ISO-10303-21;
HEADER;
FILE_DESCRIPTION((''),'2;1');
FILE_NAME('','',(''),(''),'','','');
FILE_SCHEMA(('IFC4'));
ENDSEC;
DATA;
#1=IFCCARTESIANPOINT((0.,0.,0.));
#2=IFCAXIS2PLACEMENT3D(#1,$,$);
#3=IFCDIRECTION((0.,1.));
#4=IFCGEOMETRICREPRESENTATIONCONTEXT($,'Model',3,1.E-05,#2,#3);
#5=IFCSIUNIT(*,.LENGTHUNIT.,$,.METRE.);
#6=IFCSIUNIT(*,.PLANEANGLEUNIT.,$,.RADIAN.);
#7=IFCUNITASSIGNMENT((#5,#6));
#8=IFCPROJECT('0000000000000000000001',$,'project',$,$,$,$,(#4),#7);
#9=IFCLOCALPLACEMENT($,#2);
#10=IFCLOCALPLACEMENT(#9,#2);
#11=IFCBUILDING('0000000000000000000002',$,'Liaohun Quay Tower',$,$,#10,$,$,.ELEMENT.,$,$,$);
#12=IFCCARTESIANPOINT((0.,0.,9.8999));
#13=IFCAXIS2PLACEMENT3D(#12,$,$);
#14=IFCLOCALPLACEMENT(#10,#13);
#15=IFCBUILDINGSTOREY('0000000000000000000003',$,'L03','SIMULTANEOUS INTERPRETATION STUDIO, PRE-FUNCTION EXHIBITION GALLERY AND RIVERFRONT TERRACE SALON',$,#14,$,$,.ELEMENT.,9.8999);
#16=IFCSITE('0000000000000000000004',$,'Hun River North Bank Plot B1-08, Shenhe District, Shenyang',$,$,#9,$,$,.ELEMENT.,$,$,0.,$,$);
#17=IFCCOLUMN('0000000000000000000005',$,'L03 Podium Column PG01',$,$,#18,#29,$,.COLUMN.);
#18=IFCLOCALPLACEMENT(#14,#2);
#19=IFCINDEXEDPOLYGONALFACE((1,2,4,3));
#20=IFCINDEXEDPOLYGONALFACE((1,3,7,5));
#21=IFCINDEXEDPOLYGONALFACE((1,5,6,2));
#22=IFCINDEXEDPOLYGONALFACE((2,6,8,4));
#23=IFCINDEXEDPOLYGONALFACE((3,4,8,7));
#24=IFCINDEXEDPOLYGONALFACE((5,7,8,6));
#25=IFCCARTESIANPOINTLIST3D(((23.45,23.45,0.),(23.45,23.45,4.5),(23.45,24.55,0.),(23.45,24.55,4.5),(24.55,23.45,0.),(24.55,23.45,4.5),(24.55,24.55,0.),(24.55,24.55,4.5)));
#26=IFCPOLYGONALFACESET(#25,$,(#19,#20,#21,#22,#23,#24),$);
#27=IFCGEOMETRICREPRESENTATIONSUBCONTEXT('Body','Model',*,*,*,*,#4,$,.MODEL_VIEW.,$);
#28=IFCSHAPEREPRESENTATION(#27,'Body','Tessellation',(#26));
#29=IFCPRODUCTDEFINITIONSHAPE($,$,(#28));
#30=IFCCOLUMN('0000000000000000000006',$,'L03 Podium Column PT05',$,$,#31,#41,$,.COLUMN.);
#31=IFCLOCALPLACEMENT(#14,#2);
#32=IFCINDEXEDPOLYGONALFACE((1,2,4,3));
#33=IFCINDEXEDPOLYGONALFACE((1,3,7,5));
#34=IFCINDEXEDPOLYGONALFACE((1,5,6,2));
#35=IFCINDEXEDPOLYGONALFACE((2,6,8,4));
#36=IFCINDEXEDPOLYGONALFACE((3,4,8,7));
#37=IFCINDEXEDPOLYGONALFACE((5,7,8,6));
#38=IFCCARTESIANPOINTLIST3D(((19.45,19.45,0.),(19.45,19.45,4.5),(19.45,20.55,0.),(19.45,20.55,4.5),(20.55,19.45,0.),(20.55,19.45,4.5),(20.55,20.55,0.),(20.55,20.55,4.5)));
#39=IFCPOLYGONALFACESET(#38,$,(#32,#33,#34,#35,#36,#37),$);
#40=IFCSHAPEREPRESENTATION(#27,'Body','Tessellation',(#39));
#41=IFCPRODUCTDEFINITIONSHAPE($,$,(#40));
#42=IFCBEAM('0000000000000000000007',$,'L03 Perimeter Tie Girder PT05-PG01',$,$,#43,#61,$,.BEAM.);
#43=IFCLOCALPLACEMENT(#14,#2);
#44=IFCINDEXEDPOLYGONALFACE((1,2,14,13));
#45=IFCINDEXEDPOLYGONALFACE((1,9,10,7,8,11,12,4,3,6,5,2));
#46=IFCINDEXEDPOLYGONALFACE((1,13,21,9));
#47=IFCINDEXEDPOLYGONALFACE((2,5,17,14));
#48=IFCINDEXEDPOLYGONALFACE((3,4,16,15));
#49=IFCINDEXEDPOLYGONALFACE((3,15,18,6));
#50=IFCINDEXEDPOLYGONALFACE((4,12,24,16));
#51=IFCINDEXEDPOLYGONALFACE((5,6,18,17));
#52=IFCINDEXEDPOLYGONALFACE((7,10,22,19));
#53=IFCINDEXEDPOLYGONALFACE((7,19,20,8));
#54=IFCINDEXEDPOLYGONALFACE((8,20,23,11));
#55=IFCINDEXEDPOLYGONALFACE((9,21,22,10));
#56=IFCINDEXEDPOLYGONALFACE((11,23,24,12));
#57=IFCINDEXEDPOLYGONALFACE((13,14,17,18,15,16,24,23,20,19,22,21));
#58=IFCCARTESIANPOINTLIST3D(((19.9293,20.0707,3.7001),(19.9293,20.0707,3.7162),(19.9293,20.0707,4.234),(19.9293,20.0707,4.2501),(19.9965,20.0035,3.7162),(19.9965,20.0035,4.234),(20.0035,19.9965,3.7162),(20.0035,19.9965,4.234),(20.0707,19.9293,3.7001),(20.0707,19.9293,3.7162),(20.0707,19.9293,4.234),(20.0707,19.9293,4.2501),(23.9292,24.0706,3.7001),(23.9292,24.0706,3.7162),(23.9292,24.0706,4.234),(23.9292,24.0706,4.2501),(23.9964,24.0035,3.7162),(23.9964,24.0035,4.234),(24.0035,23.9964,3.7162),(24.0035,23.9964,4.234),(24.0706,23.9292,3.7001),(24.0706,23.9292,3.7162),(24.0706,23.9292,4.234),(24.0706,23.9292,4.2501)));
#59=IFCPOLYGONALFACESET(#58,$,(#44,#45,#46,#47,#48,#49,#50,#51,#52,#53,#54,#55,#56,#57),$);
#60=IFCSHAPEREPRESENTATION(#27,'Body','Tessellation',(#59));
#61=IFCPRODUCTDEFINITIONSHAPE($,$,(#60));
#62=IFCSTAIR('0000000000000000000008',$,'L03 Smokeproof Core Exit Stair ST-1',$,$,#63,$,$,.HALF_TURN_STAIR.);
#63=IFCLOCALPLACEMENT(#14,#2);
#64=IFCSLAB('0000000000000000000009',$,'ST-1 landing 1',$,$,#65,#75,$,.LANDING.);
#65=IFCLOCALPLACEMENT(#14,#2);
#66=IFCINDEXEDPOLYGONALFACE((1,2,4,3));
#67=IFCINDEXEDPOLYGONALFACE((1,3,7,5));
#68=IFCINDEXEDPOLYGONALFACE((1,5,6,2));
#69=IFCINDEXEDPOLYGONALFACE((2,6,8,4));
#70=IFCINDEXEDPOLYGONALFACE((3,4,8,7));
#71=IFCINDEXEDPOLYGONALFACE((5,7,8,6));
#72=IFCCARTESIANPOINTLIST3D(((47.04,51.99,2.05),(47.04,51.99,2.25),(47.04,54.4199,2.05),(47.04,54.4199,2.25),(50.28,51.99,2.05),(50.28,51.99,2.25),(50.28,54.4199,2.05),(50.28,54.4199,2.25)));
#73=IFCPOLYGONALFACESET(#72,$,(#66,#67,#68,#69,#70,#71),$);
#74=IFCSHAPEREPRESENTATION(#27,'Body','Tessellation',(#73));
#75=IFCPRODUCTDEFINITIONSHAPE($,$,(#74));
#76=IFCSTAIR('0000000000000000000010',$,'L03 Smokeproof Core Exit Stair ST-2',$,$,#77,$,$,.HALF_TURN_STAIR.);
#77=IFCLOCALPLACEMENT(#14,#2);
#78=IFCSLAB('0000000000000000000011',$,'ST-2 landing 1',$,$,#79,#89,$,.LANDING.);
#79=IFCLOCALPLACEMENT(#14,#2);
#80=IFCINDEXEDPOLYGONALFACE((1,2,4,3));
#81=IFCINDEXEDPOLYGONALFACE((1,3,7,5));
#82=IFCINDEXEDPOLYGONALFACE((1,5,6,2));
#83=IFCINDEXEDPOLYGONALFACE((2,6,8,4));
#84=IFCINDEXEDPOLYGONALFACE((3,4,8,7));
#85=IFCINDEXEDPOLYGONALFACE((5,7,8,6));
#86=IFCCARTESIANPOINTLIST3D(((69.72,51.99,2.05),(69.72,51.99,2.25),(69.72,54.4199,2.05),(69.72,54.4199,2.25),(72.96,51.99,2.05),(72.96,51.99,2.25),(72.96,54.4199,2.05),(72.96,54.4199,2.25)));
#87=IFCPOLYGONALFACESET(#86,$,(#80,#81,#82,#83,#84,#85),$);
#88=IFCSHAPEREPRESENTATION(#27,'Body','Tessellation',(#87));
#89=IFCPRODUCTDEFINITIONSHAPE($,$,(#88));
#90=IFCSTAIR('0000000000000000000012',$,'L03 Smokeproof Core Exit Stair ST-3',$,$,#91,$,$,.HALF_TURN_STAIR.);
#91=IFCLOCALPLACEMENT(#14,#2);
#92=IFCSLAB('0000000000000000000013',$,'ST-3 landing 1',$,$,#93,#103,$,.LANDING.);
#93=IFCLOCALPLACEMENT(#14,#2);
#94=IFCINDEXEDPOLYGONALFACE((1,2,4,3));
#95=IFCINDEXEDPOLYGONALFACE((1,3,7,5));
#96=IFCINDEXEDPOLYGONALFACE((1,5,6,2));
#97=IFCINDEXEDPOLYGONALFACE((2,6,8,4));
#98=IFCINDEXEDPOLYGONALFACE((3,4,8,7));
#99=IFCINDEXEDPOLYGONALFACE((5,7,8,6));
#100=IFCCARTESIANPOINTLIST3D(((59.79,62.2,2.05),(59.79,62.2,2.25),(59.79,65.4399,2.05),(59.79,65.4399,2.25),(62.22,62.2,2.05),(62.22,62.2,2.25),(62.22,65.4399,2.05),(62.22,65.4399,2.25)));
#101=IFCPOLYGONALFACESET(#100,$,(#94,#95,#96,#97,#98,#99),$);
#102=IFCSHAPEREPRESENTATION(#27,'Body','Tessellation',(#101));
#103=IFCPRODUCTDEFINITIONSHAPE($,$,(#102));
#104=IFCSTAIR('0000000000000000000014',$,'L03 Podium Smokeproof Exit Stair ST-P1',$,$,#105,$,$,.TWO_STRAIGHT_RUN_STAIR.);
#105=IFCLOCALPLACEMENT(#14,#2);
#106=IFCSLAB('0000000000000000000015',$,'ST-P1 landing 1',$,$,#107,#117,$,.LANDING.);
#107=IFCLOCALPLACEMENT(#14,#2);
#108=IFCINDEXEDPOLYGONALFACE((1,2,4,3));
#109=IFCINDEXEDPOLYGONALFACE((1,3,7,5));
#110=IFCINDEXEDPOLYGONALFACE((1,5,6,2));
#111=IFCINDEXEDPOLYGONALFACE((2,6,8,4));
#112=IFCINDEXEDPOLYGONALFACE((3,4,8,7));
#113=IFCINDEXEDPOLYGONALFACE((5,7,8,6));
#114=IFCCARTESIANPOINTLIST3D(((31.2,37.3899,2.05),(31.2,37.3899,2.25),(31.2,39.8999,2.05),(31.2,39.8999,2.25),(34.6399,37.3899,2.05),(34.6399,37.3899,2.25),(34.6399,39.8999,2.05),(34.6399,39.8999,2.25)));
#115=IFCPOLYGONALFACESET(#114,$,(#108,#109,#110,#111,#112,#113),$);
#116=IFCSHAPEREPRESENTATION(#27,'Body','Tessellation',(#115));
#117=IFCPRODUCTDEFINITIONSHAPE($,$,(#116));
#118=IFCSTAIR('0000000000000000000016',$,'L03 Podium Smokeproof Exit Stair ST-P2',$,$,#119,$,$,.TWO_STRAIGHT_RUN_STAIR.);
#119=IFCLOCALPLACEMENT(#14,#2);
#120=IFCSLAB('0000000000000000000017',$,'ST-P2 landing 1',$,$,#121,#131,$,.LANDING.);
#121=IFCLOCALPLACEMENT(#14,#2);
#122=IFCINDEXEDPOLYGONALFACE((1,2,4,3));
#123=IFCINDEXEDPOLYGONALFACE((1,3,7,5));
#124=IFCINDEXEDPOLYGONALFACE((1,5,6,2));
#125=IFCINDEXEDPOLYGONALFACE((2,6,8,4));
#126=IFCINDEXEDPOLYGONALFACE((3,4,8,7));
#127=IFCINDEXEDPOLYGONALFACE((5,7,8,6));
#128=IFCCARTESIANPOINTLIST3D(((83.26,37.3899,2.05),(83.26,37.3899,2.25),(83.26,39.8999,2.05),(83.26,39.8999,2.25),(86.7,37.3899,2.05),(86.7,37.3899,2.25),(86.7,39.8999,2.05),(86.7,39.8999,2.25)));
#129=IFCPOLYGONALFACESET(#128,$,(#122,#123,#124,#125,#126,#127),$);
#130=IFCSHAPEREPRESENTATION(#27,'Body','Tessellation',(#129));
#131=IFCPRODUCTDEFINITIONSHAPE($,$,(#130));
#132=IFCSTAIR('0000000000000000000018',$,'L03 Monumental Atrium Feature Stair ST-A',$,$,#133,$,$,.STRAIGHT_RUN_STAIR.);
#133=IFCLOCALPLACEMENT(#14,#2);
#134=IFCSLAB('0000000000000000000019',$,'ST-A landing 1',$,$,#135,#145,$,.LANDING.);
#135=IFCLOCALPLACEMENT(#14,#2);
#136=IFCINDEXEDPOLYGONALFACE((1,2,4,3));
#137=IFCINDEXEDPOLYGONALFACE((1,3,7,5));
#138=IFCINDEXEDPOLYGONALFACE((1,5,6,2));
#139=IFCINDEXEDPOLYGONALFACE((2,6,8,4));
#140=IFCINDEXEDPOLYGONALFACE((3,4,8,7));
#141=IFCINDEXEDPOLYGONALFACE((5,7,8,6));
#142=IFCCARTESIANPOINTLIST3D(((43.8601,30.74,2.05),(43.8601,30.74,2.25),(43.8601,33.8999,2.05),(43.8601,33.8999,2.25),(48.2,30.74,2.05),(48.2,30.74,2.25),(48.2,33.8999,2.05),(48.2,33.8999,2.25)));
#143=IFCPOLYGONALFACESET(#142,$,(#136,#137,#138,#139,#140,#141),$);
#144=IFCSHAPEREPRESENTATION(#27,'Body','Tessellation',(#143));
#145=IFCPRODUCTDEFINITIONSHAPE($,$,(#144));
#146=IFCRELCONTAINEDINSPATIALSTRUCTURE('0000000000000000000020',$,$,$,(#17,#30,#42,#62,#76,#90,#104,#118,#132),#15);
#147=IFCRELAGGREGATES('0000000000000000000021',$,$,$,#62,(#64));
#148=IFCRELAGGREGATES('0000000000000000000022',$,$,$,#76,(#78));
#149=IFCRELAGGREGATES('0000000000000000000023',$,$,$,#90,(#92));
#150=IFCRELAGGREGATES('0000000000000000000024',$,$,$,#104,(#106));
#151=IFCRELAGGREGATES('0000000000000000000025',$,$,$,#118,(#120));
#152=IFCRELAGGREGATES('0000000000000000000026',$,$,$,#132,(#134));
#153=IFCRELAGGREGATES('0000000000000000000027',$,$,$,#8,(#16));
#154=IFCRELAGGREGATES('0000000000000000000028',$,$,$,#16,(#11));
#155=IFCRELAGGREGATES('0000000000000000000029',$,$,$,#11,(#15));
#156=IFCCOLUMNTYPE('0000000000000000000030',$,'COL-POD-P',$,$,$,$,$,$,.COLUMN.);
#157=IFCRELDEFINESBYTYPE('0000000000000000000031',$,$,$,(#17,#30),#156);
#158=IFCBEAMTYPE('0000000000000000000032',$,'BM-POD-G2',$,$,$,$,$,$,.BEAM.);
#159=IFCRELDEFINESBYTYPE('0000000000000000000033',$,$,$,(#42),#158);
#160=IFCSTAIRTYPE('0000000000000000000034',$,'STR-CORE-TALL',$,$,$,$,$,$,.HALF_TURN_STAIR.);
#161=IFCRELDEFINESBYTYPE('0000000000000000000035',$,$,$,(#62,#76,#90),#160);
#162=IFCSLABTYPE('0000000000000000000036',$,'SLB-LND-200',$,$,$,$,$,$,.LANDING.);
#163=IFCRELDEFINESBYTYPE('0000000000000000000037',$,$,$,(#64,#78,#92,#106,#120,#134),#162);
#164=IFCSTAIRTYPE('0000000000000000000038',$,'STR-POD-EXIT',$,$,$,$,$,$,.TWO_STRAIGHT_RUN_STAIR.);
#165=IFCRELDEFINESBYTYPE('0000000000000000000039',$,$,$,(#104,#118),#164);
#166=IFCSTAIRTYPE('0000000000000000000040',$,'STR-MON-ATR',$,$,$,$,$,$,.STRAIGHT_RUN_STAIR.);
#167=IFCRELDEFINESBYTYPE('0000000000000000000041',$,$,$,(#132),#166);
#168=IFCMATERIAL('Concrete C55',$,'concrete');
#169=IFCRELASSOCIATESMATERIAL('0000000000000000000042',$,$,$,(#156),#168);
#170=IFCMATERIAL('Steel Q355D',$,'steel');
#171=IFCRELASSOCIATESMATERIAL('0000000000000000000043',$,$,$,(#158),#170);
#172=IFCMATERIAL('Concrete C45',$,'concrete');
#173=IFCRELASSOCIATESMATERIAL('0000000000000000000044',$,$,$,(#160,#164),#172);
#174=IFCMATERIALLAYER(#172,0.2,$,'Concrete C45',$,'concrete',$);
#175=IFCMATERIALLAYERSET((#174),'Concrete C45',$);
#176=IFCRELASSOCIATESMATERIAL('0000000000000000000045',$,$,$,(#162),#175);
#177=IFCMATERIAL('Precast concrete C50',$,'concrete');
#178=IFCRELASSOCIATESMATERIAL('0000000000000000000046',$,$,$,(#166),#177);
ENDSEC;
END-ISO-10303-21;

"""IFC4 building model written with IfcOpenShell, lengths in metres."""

from ifc_helpers import new_model, si_unit, direction, frame, origin, origin_2d, place, context, subcontext, project, spatial, polyline, rectangle, i_section, outline, extrude, source, transform, mapped, material, layer, layer_set, material_profile, profile_set, type_object, element, aggregate, save


model = new_model("IFC4")

# Units and contexts
model_context = context("Model", 3, precision=1e-05, world=origin(), true_north=direction((0.0, 1.0)))
body_context = subcontext(model_context, "Body", "Model", "MODEL_VIEW")
ifc_project = project(units=[si_unit("LENGTHUNIT", "METRE"), si_unit("PLANEANGLEUNIT", "RADIAN")], contexts=[model_context])

# Site, building, storey
site_placement = place(None, origin())
site = spatial("IfcSite", under=ifc_project, at=site_placement, Name="Hun River North Bank Plot B1-08, Shenhe District, Shenyang", CompositionType="ELEMENT", RefElevation=0.0)
building_placement = place(site_placement, origin())
building = spatial("IfcBuilding", under=site, at=building_placement, Name="Liaohun Quay Tower", CompositionType="ELEMENT")
storey_placement = place(building_placement, frame((0.0, 0.0, 9.8999)))
storey = spatial("IfcBuildingStorey", under=building, at=storey_placement, Name="L03", Description="SIMULTANEOUS INTERPRETATION STUDIO, PRE-FUNCTION EXHIBITION GALLERY AND RIVERFRONT TERRACE SALON", CompositionType="ELEMENT", Elevation=9.8999)

# Columns
ifc_material_1 = material(Name="Concrete C55", Category="concrete")
ifc_material_profile_1 = material_profile(ifc_material_1, rectangle(XDim=1.1001, YDim=1.1001, at=origin_2d()), Name="RC1100x1100")
ifc_profile_set_1 = profile_set([ifc_material_profile_1], Name="Concrete C55")
column_type = type_object("IfcColumnType", Name="COL-POD-P", PredefinedType="COLUMN", material=ifc_profile_set_1)
shared_shape_1 = source(origin(), body_context, "Body", "SweptSolid", [
    extrude(rectangle(XDim=1.1001, YDim=1.1001, at=origin_2d()), origin(), (0.0, 0.0, 1.0), 4.5),
])
for number, where, z_axis, x_axis, name in (
    (1, (24.0, 24.0, 0.0), (0.0, 0.0, 1.0), (1.0, 0.0, 0.0), "L03 Podium Column PG01"),
    (2, (20.0, 20.0, 0.0), (0.0, 0.0, 1.0), (1.0, 0.0, 0.0), "L03 Podium Column PT05"),
):
    element("IfcColumn", number, at=place(storey_placement, frame(where, z_axis=z_axis, x_axis=x_axis)), inside=storey, type_object=column_type, Name=name, PredefinedType="COLUMN", context=body_context, shape_type="MappedRepresentation", body=[
        mapped(shared_shape_1, transform((0.0, 0.0, 0.0), x_axis=(1.0, 0.0, 0.0), y_axis=(0.0, 1.0, 0.0), z_axis=(0.0, 0.0, 1.0), scale=1.0)),
    ])

# Beam
ifc_material_2 = material(Name="Steel Q355D", Category="steel")
ifc_material_profile_2 = material_profile(ifc_material_2, i_section(OverallWidth=0.2, OverallDepth=0.55, WebThickness=0.01, FlangeThickness=0.0161, at=origin_2d()), Name="HN550x200x10x16")
ifc_profile_set_2 = profile_set([ifc_material_profile_2], Name="Steel Q355D")
beam_type = type_object("IfcBeamType", Name="BM-POD-G2", PredefinedType="BEAM", material=ifc_profile_set_2)
shared_shape_2 = source(origin(), body_context, "Body", "SweptSolid", [
    extrude(i_section(OverallWidth=0.2, OverallDepth=0.55, WebThickness=0.01, FlangeThickness=0.0161, at=origin_2d()), origin(), (0.0, 0.0, 1.0), 5.6567),
])
beam_placement = place(storey_placement, frame((20.0, 20.0, 3.9751), z_axis=(0.707107, 0.707107, 0.0), x_axis=(-0.707107, 0.707107, 0.0)))
element("IfcBeam", 3, at=beam_placement, inside=storey, type_object=beam_type, Name="L03 Perimeter Tie Girder PT05-PG01", PredefinedType="BEAM", context=body_context, shape_type="MappedRepresentation", body=[
    mapped(shared_shape_2, transform((0.0, 0.0, 0.0), x_axis=(1.0, 0.0, 0.0), y_axis=(0.0, 1.0, 0.0), z_axis=(0.0, 0.0, 1.0), scale=1.0)),
])

# Stairs, slabs
ifc_material_3 = material(Name="Concrete C45", Category="concrete")
stair_type_1 = type_object("IfcStairType", Name="STR-CORE-TALL", PredefinedType="HALF_TURN_STAIR", material=ifc_material_3)
stair_1_placement = place(storey_placement, origin())
stair_1 = element("IfcStair", 4, at=stair_1_placement, inside=storey, type_object=stair_type_1, Name="L03 Smokeproof Core Exit Stair ST-1", PredefinedType="HALF_TURN_STAIR")
ifc_layer_1 = layer(ifc_material_3, 0.2, Name="Concrete C45", Category="concrete")
ifc_layer_set_1 = layer_set([ifc_layer_1], Name="Concrete C45")
slab_type_1 = type_object("IfcSlabType", Name="SLB-LND-200", PredefinedType="LANDING", material=ifc_layer_set_1)
slab_1_placement = place(storey_placement, frame((0.0, 0.0, 2.05)))
slab_1 = element("IfcSlab", 5, at=slab_1_placement, type_object=slab_type_1, Name="ST-1 landing 1", PredefinedType="LANDING", context=body_context, shape_type="SweptSolid", body=[
    extrude(outline(polyline([(50.28, 51.99), (50.28, 54.4199), (47.04, 54.4199), (47.04, 51.99), (50.28, 51.99)])), origin(), (0.0, 0.0, 1.0), 0.2),
])
aggregate(stair_1, [slab_1])
stair_2_placement = place(storey_placement, origin())
stair_2 = element("IfcStair", 6, at=stair_2_placement, inside=storey, type_object=stair_type_1, Name="L03 Smokeproof Core Exit Stair ST-2", PredefinedType="HALF_TURN_STAIR")
slab_2_placement = place(storey_placement, frame((0.0, 0.0, 2.05)))
slab_2 = element("IfcSlab", 7, at=slab_2_placement, type_object=slab_type_1, Name="ST-2 landing 1", PredefinedType="LANDING", context=body_context, shape_type="SweptSolid", body=[
    extrude(outline(polyline([(72.96, 51.99), (72.96, 54.4199), (69.72, 54.4199), (69.72, 51.99), (72.96, 51.99)])), origin(), (0.0, 0.0, 1.0), 0.2),
])
aggregate(stair_2, [slab_2])
stair_3_placement = place(storey_placement, origin())
stair_3 = element("IfcStair", 8, at=stair_3_placement, inside=storey, type_object=stair_type_1, Name="L03 Smokeproof Core Exit Stair ST-3", PredefinedType="HALF_TURN_STAIR")
slab_3_placement = place(storey_placement, frame((0.0, 0.0, 2.05)))
slab_3 = element("IfcSlab", 9, at=slab_3_placement, type_object=slab_type_1, Name="ST-3 landing 1", PredefinedType="LANDING", context=body_context, shape_type="SweptSolid", body=[
    extrude(outline(polyline([(59.79, 62.2), (62.22, 62.2), (62.22, 65.4399), (59.79, 65.4399), (59.79, 62.2)])), origin(), (0.0, 0.0, 1.0), 0.2),
])
aggregate(stair_3, [slab_3])
stair_type_2 = type_object("IfcStairType", Name="STR-POD-EXIT", PredefinedType="TWO_STRAIGHT_RUN_STAIR", material=ifc_material_3)
stair_4_placement = place(storey_placement, origin())
stair_4 = element("IfcStair", 10, at=stair_4_placement, inside=storey, type_object=stair_type_2, Name="L03 Podium Smokeproof Exit Stair ST-P1", PredefinedType="TWO_STRAIGHT_RUN_STAIR")
slab_4_placement = place(storey_placement, frame((0.0, 0.0, 2.05)))
slab_4 = element("IfcSlab", 11, at=slab_4_placement, type_object=slab_type_1, Name="ST-P1 landing 1", PredefinedType="LANDING", context=body_context, shape_type="SweptSolid", body=[
    extrude(outline(polyline([(34.6399, 37.3899), (34.6399, 39.8999), (31.2, 39.8999), (31.2, 37.3899), (34.6399, 37.3899)])), origin(), (0.0, 0.0, 1.0), 0.2),
])
aggregate(stair_4, [slab_4])
stair_5_placement = place(storey_placement, origin())
stair_5 = element("IfcStair", 12, at=stair_5_placement, inside=storey, type_object=stair_type_2, Name="L03 Podium Smokeproof Exit Stair ST-P2", PredefinedType="TWO_STRAIGHT_RUN_STAIR")
slab_5_placement = place(storey_placement, frame((0.0, 0.0, 2.05)))
slab_5 = element("IfcSlab", 13, at=slab_5_placement, type_object=slab_type_1, Name="ST-P2 landing 1", PredefinedType="LANDING", context=body_context, shape_type="SweptSolid", body=[
    extrude(outline(polyline([(86.7, 37.3899), (86.7, 39.8999), (83.26, 39.8999), (83.26, 37.3899), (86.7, 37.3899)])), origin(), (0.0, 0.0, 1.0), 0.2),
])
aggregate(stair_5, [slab_5])
ifc_material_4 = material(Name="Precast concrete C50", Category="concrete")
stair_type_3 = type_object("IfcStairType", Name="STR-MON-ATR", PredefinedType="STRAIGHT_RUN_STAIR", material=ifc_material_4)
stair_6_placement = place(storey_placement, origin())
stair_6 = element("IfcStair", 14, at=stair_6_placement, inside=storey, type_object=stair_type_3, Name="L03 Monumental Atrium Feature Stair ST-A", PredefinedType="STRAIGHT_RUN_STAIR")
slab_6_placement = place(storey_placement, frame((0.0, 0.0, 2.05)))
slab_6 = element("IfcSlab", 15, at=slab_6_placement, type_object=slab_type_1, Name="ST-A landing 1", PredefinedType="LANDING", context=body_context, shape_type="SweptSolid", body=[
    extrude(outline(polyline([(48.2, 30.74), (48.2, 33.8999), (43.8601, 33.8999), (43.8601, 30.74), (48.2, 30.74)])), origin(), (0.0, 0.0, 1.0), 0.2),
])
aggregate(stair_6, [slab_6])

save(model, "model.ifc")
